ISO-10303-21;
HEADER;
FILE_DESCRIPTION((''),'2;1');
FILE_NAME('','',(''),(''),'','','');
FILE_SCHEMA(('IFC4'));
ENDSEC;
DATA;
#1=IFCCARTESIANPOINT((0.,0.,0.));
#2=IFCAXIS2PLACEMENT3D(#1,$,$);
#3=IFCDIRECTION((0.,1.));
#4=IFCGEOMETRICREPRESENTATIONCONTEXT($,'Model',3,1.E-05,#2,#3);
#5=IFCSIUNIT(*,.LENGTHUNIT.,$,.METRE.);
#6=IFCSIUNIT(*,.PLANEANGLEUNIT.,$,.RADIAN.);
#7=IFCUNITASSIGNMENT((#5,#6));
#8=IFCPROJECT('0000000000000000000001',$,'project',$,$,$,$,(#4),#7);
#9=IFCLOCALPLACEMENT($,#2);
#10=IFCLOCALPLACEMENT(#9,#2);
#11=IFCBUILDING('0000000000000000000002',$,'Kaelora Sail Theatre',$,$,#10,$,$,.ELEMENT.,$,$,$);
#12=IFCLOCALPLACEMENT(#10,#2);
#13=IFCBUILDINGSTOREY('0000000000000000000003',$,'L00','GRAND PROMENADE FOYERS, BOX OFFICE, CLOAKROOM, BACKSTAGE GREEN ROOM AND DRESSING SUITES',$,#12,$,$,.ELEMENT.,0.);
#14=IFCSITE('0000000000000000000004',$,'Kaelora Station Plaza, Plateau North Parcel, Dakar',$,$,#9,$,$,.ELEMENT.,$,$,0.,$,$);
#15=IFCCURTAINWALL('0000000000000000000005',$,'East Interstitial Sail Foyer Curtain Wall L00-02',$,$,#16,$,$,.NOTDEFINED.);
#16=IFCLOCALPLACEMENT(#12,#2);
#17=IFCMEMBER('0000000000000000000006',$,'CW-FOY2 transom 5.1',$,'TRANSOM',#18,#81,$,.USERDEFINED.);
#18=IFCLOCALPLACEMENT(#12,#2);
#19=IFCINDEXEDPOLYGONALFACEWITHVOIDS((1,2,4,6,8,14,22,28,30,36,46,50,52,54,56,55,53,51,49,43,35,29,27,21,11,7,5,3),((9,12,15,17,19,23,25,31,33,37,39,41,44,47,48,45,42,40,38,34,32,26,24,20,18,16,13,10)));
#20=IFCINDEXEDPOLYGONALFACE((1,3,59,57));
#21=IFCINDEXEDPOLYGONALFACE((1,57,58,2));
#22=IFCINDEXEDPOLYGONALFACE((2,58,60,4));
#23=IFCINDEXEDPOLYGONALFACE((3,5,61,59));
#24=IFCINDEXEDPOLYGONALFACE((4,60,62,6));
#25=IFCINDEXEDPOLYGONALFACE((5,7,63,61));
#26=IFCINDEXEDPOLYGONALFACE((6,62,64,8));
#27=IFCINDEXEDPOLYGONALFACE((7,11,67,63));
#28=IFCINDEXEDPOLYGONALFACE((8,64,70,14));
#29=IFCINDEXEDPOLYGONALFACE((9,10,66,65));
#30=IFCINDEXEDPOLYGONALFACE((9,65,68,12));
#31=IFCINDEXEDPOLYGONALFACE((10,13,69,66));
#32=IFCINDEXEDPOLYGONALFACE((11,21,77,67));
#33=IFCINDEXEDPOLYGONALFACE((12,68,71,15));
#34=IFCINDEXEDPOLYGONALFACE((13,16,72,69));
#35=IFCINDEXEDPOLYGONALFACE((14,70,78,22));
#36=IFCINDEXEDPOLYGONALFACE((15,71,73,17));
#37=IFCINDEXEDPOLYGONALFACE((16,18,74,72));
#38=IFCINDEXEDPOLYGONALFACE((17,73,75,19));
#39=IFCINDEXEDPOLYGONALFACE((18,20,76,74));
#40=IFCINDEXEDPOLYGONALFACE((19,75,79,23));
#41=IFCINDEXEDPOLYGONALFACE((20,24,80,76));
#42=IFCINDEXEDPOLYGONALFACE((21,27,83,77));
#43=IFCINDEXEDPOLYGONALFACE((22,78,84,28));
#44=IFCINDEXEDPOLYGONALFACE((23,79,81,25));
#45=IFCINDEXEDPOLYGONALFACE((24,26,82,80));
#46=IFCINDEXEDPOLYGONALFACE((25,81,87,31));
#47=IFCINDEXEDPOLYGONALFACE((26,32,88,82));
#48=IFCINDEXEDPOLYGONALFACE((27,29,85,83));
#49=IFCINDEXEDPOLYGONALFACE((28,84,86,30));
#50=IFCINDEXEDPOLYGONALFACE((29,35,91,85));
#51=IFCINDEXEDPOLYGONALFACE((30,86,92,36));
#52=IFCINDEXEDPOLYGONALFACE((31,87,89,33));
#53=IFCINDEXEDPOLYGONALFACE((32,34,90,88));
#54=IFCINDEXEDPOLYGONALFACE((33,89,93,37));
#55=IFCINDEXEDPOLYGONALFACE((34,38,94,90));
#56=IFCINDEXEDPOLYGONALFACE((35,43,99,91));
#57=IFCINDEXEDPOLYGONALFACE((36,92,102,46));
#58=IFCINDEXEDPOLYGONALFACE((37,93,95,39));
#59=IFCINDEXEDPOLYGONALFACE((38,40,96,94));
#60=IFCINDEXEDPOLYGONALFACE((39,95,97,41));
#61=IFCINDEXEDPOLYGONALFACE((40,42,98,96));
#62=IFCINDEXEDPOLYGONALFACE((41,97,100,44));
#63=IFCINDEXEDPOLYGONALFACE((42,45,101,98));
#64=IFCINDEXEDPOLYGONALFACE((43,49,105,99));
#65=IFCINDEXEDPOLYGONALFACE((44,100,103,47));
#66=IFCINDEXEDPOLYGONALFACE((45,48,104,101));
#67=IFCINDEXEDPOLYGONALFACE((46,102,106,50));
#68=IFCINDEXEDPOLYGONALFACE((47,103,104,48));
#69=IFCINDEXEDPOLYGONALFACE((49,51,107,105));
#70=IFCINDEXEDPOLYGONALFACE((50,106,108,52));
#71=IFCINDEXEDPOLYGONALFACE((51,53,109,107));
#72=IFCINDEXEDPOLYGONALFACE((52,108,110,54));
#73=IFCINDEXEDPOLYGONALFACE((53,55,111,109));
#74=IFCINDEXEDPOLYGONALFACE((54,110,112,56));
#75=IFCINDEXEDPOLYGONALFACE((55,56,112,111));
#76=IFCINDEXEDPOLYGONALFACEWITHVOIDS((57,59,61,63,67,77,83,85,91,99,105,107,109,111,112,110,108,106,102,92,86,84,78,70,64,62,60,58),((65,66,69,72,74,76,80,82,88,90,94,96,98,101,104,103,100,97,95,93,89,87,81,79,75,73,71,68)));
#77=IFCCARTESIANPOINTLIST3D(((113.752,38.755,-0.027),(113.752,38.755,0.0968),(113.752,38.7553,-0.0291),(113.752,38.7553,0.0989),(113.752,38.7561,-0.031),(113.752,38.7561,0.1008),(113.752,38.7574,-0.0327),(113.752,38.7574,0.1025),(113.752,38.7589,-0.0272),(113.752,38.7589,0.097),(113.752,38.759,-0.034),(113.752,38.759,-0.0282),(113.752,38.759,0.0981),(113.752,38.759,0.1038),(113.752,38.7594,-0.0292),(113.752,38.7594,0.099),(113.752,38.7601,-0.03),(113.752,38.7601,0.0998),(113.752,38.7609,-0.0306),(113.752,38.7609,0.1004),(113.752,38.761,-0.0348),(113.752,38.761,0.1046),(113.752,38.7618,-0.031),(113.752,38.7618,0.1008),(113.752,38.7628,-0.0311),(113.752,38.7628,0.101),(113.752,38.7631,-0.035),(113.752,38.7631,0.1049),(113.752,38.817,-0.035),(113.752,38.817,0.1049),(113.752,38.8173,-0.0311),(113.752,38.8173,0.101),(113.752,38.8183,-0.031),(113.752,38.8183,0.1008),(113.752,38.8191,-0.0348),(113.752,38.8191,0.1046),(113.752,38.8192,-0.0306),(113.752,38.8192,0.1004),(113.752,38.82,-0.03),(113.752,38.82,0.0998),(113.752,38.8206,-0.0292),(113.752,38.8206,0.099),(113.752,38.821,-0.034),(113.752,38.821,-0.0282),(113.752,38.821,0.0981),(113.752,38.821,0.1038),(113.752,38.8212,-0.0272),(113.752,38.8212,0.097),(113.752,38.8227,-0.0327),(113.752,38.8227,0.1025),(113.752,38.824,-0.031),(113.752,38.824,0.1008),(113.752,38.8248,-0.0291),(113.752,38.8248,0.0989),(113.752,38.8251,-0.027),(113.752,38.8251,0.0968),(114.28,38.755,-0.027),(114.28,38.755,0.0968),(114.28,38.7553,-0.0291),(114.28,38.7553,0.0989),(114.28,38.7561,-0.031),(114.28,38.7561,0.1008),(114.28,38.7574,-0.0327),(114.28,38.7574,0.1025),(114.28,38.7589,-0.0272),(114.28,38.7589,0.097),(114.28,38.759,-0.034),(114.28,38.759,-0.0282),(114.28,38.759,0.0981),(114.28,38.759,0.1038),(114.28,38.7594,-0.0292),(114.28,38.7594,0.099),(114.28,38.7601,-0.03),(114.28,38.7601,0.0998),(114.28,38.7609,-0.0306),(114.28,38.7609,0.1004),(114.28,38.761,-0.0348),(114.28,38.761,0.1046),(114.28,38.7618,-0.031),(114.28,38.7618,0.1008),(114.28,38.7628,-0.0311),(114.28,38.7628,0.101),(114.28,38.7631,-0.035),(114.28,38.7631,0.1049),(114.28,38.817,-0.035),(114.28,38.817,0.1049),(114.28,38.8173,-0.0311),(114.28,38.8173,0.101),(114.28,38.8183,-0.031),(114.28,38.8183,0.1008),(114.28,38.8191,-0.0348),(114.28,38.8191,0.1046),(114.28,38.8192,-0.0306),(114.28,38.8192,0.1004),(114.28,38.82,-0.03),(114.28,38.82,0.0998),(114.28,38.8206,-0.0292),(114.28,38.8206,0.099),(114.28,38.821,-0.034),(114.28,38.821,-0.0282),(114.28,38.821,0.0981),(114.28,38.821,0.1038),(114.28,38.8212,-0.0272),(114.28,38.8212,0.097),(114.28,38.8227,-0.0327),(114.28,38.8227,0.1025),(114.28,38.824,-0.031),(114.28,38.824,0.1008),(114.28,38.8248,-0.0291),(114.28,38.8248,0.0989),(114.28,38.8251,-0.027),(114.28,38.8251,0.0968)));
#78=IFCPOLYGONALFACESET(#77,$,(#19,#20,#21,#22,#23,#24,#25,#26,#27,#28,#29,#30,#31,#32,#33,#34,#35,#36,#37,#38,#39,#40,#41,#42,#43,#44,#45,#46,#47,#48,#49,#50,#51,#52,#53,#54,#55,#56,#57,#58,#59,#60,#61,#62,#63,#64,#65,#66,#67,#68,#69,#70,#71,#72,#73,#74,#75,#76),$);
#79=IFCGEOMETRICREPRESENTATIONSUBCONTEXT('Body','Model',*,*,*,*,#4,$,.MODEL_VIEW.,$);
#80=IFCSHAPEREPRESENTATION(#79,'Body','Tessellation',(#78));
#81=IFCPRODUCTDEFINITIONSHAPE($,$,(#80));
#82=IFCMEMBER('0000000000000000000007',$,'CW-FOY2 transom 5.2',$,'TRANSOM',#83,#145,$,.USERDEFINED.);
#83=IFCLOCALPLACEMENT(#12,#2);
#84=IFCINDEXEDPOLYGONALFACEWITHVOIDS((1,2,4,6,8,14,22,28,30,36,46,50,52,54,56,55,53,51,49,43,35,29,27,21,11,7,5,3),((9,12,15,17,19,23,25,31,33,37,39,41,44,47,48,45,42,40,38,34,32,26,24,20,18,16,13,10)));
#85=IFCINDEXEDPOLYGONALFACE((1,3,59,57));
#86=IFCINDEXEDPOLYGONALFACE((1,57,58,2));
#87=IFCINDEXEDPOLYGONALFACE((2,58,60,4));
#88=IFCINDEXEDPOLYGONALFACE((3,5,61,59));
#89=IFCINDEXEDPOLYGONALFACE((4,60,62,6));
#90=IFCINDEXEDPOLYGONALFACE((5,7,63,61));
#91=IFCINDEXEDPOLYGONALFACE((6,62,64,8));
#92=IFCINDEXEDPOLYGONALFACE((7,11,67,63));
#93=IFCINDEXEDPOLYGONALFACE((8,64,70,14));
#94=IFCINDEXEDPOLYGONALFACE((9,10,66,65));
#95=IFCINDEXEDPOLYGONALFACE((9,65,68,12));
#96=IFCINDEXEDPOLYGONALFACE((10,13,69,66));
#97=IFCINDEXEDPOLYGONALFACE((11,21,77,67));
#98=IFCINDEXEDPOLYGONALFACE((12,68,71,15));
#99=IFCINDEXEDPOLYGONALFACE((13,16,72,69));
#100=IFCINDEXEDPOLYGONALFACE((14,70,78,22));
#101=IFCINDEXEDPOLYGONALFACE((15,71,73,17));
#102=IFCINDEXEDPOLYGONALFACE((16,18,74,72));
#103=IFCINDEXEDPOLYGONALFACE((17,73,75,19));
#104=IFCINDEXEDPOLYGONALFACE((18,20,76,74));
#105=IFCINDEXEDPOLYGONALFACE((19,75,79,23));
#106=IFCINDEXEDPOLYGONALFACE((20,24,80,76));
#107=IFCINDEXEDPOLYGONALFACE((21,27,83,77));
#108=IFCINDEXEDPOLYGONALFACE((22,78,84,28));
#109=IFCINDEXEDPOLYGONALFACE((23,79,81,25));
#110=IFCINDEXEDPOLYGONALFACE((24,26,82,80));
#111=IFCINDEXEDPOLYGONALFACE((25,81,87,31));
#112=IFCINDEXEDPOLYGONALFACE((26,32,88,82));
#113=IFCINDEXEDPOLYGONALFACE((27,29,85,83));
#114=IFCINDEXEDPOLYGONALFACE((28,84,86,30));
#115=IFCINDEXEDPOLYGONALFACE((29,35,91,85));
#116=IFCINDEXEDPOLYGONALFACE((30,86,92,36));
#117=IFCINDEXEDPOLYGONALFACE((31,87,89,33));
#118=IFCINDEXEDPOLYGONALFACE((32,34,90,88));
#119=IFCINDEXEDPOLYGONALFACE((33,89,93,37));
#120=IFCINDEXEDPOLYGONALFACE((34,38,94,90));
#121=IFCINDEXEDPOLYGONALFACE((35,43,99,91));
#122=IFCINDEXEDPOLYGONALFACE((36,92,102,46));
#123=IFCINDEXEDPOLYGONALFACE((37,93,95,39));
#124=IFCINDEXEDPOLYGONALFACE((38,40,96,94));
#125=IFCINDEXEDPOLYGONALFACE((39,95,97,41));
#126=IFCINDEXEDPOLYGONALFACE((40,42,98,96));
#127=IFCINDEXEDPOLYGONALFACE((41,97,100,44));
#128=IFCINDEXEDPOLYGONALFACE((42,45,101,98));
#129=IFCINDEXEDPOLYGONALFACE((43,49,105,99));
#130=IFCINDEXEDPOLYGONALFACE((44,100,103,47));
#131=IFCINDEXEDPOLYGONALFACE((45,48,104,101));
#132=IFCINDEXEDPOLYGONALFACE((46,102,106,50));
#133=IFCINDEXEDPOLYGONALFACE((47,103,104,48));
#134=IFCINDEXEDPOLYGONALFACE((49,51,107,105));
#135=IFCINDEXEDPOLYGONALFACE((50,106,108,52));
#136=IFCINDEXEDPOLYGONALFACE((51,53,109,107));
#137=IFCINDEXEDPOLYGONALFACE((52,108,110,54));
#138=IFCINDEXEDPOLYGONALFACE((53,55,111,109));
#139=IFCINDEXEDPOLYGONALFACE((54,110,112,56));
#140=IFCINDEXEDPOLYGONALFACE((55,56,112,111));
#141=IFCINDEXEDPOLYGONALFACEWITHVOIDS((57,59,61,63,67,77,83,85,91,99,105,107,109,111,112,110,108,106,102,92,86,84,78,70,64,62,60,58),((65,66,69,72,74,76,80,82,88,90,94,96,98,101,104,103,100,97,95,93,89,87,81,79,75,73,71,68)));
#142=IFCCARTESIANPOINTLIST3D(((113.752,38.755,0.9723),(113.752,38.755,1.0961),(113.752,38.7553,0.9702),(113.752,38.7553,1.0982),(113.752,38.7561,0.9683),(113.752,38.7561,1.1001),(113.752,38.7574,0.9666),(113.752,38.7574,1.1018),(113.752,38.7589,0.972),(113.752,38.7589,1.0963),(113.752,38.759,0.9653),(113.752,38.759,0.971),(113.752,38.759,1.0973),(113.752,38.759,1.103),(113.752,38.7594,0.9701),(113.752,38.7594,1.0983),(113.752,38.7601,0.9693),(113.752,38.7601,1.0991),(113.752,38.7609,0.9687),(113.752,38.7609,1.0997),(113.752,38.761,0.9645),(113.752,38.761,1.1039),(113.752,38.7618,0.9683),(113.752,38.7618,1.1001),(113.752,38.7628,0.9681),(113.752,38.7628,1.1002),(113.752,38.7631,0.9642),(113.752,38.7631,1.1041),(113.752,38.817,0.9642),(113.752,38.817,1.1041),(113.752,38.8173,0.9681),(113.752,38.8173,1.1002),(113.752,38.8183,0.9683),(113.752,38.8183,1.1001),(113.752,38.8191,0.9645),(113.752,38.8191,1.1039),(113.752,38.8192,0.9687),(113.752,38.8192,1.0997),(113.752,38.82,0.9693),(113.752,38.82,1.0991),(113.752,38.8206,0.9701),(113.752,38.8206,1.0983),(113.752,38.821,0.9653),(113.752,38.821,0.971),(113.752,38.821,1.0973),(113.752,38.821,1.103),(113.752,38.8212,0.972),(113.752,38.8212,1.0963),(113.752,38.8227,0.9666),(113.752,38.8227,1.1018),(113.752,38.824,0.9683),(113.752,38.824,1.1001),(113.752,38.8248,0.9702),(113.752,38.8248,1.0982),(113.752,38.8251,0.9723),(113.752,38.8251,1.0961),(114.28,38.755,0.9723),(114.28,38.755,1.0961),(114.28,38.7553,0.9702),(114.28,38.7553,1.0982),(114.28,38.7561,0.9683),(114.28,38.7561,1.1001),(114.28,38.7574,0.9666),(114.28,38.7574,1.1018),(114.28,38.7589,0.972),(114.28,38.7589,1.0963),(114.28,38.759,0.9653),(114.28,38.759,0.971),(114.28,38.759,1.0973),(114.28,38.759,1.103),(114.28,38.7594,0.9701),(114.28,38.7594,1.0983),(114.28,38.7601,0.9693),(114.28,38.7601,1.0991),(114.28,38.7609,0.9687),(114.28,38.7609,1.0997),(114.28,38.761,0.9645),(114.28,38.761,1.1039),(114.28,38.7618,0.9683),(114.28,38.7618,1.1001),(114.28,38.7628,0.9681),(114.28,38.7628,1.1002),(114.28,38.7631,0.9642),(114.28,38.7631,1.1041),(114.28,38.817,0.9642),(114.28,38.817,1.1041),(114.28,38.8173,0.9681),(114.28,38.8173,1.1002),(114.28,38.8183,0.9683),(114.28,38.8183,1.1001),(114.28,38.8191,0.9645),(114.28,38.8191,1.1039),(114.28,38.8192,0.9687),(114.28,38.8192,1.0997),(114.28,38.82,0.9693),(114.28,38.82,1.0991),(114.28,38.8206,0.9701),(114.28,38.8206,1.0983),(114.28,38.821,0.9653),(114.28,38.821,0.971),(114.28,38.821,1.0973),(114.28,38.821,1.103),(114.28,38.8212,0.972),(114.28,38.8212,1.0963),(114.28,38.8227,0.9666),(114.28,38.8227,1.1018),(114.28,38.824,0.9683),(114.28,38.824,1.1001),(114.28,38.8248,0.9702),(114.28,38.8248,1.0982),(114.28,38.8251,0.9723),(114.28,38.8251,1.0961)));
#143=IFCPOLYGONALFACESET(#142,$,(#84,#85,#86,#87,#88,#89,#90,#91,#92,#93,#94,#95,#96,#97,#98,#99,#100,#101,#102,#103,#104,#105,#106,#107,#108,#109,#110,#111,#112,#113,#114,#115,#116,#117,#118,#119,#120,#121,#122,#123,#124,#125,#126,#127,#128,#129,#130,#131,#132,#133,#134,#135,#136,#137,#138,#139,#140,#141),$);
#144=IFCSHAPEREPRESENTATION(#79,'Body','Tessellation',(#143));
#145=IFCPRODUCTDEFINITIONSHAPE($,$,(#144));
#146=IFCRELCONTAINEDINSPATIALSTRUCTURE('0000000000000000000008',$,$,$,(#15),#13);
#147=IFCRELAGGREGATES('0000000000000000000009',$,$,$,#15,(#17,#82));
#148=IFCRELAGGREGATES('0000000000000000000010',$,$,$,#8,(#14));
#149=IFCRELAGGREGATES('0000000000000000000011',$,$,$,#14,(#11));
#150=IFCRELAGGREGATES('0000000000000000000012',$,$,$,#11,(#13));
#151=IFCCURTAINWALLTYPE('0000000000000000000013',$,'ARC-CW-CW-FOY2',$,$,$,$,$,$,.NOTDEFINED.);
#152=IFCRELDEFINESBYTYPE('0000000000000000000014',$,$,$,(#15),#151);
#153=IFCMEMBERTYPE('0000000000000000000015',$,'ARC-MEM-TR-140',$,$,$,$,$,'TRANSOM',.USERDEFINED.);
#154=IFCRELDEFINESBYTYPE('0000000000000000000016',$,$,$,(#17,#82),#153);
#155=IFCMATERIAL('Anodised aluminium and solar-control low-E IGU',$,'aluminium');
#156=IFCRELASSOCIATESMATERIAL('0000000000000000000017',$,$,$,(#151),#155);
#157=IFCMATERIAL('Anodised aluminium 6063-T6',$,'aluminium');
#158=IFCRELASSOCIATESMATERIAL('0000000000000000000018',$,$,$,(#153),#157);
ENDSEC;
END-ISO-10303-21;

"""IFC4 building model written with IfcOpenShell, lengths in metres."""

from ifc_helpers import new_model, si_unit, direction, frame, origin, origin_2d, place, context, subcontext, project, spatial, hollow_rectangle, extrude, material, material_profile, profile_set, type_object, element, aggregate, save


model = new_model("IFC4")

# Units and contexts
model_context = context("Model", 3, precision=1e-05, world=origin(), true_north=direction((0.0, 1.0)))
body_context = subcontext(model_context, "Body", "Model", "MODEL_VIEW")
ifc_project = project(units=[si_unit("LENGTHUNIT", "METRE"), si_unit("PLANEANGLEUNIT", "RADIAN")], contexts=[model_context])

# Site, building, storey
site_placement = place(None, origin())
site = spatial("IfcSite", under=ifc_project, at=site_placement, Name="Kaelora Station Plaza, Plateau North Parcel, Dakar", CompositionType="ELEMENT", RefElevation=0.0)
building_placement = place(site_placement, origin())
building = spatial("IfcBuilding", under=site, at=building_placement, Name="Kaelora Sail Theatre", CompositionType="ELEMENT")
storey_placement = place(building_placement, origin())
storey = spatial("IfcBuildingStorey", under=building, at=storey_placement, Name="L00", Description="GRAND PROMENADE FOYERS, BOX OFFICE, CLOAKROOM, BACKSTAGE GREEN ROOM AND DRESSING SUITES", CompositionType="ELEMENT", Elevation=0.0)

# Curtain wall, members
ifc_material_1 = material(Name="Anodised aluminium and solar-control low-E IGU", Category="aluminium")
curtain_wall_type = type_object("IfcCurtainWallType", Name="ARC-CW-CW-FOY2", PredefinedType="NOTDEFINED", material=ifc_material_1)
curtain_wall_placement = place(storey_placement, origin())
curtain_wall = element("IfcCurtainWall", 1, at=curtain_wall_placement, inside=storey, type_object=curtain_wall_type, Name="East Interstitial Sail Foyer Curtain Wall L00-02", PredefinedType="NOTDEFINED")
ifc_material_2 = material(Name="Anodised aluminium 6063-T6", Category="aluminium")
ifc_material_profile_1 = material_profile(ifc_material_2, hollow_rectangle(XDim=0.0701, YDim=0.1399, WallThickness=0.0039, InnerFilletRadius=0.0039, OuterFilletRadius=0.0081, at=origin_2d()), Name="ALU-TRAN 70x140x4")
ifc_profile_set_1 = profile_set([ifc_material_profile_1], Name="Anodised aluminium 6063-T6")
member_type_1 = type_object("IfcMemberType", Name="ARC-MEM-TR-140", ElementType="TRANSOM", PredefinedType="USERDEFINED", material=ifc_profile_set_1)
member_1_placement = place(storey_placement, frame((113.752, 38.79, 0.0349), z_axis=(1.0, 0.0, 0.0), x_axis=(0.0, 1.0, 0.0)))
member_1 = element("IfcMember", 2, at=member_1_placement, type_object=member_type_1, Name="CW-FOY2 transom 5.1", ObjectType="TRANSOM", PredefinedType="USERDEFINED", context=body_context, shape_type="SweptSolid", body=[
    extrude(hollow_rectangle(XDim=0.0701, YDim=0.1399, WallThickness=0.0039, InnerFilletRadius=0.0039, OuterFilletRadius=0.0081, at=origin_2d()), origin(), (0.0, 0.0, 1.0), 0.5281),
])
member_2_placement = place(storey_placement, frame((113.752, 38.79, 1.0342), z_axis=(1.0, 0.0, 0.0), x_axis=(0.0, 1.0, 0.0)))
member_2 = element("IfcMember", 3, at=member_2_placement, type_object=member_type_1, Name="CW-FOY2 transom 5.2", ObjectType="TRANSOM", PredefinedType="USERDEFINED", context=body_context, shape_type="SweptSolid", body=[
    extrude(hollow_rectangle(XDim=0.0701, YDim=0.1399, WallThickness=0.0039, InnerFilletRadius=0.0039, OuterFilletRadius=0.0081, at=origin_2d()), origin(), (0.0, 0.0, 1.0), 0.5281),
])
aggregate(curtain_wall, [member_1, member_2])

save(model, "model.ifc")
